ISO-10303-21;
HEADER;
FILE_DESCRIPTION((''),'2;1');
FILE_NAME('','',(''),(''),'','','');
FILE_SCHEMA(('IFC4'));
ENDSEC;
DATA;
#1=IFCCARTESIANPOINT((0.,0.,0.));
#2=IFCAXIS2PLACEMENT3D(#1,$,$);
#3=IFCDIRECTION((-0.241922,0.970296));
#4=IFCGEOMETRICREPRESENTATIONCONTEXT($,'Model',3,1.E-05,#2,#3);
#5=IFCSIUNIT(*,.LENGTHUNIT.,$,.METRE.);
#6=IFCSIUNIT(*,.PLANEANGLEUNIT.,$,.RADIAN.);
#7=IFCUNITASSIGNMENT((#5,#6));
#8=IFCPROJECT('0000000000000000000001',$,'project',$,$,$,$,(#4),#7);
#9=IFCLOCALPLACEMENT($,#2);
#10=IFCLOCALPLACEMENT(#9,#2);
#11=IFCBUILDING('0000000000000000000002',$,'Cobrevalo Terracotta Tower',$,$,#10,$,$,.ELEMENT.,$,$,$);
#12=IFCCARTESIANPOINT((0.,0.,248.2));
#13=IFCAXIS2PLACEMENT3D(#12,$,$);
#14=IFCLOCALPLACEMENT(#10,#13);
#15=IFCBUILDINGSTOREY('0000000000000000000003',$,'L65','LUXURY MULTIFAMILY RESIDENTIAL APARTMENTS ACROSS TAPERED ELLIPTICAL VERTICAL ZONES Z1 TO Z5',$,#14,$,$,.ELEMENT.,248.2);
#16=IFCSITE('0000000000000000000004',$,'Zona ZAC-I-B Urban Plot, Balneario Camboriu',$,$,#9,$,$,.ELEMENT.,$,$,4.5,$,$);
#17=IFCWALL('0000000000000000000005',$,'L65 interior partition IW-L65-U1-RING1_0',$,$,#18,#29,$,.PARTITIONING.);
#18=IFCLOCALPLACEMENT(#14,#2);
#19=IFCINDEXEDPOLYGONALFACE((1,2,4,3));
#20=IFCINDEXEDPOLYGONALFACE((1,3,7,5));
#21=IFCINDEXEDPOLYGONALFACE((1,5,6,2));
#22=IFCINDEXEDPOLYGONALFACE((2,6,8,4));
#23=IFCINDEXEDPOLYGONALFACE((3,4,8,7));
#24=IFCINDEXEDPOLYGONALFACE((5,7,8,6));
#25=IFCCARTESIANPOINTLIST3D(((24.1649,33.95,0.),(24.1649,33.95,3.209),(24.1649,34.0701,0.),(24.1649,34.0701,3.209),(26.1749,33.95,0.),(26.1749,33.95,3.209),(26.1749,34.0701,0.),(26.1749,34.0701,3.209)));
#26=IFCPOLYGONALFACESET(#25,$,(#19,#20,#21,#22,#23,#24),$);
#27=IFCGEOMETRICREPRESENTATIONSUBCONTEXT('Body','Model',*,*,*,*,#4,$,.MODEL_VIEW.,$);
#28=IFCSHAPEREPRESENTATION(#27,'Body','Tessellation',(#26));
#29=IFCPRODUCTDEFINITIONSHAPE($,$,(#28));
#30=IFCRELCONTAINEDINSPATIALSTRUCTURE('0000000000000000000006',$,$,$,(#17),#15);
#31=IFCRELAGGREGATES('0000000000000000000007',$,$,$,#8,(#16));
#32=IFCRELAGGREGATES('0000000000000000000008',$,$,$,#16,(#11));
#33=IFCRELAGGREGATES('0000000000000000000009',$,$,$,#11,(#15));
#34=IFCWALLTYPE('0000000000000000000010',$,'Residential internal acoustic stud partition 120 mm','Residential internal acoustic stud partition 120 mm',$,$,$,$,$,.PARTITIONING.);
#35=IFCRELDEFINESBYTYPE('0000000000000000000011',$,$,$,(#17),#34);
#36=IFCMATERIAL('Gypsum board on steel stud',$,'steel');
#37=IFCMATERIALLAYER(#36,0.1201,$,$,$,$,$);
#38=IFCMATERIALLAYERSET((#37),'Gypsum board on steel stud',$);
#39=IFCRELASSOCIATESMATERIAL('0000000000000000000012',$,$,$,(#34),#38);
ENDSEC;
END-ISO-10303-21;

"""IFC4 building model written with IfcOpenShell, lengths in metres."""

from ifc_helpers import new_model, si_unit, direction, frame, frame_2d, origin, place, context, subcontext, project, spatial, rectangle, extrude, material, layer, layer_set, type_object, element, save


model = new_model("IFC4")

# Units and contexts
model_context = context("Model", 3, precision=1e-05, world=origin(), true_north=direction((-0.241922, 0.970296)))
body_context = subcontext(model_context, "Body", "Model", "MODEL_VIEW")
ifc_project = project(units=[si_unit("LENGTHUNIT", "METRE"), si_unit("PLANEANGLEUNIT", "RADIAN")], contexts=[model_context])

# Site, building, storey
site_placement = place(None, origin())
site = spatial("IfcSite", under=ifc_project, at=site_placement, Name="Zona ZAC-I-B Urban Plot, Balneario Camboriu", CompositionType="ELEMENT", RefElevation=4.5)
building_placement = place(site_placement, origin())
building = spatial("IfcBuilding", under=site, at=building_placement, Name="Cobrevalo Terracotta Tower", CompositionType="ELEMENT")
storey_placement = place(building_placement, frame((0.0, 0.0, 248.2)))
storey = spatial("IfcBuildingStorey", under=building, at=storey_placement, Name="L65", Description="LUXURY MULTIFAMILY RESIDENTIAL APARTMENTS ACROSS TAPERED ELLIPTICAL VERTICAL ZONES Z1 TO Z5", CompositionType="ELEMENT", Elevation=248.2)

# Wall
ifc_material_1 = material(Name="Gypsum board on steel stud", Category="steel")
ifc_layer_1 = layer(ifc_material_1, 0.1201)
ifc_layer_set_1 = layer_set([ifc_layer_1], Name="Gypsum board on steel stud")
wall_type = type_object("IfcWallType", Name="Residential internal acoustic stud partition 120 mm", Description="Residential internal acoustic stud partition 120 mm", PredefinedType="PARTITIONING", material=ifc_layer_set_1)
wall_placement = place(storey_placement, frame((24.165, 34.01, 0.0), z_axis=(0.0, 0.0, 1.0), x_axis=(1.0, 0.0, 0.0)))
element("IfcWall", 1, at=wall_placement, inside=storey, type_object=wall_type, Name="L65 interior partition IW-L65-U1-RING1_0", PredefinedType="PARTITIONING", context=body_context, shape_type="SweptSolid", body=[
    extrude(rectangle(XDim=2.01, YDim=0.1201, at=frame_2d((1.0049, 0.0))), origin(), (0.0, 0.0, 1.0), 3.209),
])

save(model, "model.ifc")
